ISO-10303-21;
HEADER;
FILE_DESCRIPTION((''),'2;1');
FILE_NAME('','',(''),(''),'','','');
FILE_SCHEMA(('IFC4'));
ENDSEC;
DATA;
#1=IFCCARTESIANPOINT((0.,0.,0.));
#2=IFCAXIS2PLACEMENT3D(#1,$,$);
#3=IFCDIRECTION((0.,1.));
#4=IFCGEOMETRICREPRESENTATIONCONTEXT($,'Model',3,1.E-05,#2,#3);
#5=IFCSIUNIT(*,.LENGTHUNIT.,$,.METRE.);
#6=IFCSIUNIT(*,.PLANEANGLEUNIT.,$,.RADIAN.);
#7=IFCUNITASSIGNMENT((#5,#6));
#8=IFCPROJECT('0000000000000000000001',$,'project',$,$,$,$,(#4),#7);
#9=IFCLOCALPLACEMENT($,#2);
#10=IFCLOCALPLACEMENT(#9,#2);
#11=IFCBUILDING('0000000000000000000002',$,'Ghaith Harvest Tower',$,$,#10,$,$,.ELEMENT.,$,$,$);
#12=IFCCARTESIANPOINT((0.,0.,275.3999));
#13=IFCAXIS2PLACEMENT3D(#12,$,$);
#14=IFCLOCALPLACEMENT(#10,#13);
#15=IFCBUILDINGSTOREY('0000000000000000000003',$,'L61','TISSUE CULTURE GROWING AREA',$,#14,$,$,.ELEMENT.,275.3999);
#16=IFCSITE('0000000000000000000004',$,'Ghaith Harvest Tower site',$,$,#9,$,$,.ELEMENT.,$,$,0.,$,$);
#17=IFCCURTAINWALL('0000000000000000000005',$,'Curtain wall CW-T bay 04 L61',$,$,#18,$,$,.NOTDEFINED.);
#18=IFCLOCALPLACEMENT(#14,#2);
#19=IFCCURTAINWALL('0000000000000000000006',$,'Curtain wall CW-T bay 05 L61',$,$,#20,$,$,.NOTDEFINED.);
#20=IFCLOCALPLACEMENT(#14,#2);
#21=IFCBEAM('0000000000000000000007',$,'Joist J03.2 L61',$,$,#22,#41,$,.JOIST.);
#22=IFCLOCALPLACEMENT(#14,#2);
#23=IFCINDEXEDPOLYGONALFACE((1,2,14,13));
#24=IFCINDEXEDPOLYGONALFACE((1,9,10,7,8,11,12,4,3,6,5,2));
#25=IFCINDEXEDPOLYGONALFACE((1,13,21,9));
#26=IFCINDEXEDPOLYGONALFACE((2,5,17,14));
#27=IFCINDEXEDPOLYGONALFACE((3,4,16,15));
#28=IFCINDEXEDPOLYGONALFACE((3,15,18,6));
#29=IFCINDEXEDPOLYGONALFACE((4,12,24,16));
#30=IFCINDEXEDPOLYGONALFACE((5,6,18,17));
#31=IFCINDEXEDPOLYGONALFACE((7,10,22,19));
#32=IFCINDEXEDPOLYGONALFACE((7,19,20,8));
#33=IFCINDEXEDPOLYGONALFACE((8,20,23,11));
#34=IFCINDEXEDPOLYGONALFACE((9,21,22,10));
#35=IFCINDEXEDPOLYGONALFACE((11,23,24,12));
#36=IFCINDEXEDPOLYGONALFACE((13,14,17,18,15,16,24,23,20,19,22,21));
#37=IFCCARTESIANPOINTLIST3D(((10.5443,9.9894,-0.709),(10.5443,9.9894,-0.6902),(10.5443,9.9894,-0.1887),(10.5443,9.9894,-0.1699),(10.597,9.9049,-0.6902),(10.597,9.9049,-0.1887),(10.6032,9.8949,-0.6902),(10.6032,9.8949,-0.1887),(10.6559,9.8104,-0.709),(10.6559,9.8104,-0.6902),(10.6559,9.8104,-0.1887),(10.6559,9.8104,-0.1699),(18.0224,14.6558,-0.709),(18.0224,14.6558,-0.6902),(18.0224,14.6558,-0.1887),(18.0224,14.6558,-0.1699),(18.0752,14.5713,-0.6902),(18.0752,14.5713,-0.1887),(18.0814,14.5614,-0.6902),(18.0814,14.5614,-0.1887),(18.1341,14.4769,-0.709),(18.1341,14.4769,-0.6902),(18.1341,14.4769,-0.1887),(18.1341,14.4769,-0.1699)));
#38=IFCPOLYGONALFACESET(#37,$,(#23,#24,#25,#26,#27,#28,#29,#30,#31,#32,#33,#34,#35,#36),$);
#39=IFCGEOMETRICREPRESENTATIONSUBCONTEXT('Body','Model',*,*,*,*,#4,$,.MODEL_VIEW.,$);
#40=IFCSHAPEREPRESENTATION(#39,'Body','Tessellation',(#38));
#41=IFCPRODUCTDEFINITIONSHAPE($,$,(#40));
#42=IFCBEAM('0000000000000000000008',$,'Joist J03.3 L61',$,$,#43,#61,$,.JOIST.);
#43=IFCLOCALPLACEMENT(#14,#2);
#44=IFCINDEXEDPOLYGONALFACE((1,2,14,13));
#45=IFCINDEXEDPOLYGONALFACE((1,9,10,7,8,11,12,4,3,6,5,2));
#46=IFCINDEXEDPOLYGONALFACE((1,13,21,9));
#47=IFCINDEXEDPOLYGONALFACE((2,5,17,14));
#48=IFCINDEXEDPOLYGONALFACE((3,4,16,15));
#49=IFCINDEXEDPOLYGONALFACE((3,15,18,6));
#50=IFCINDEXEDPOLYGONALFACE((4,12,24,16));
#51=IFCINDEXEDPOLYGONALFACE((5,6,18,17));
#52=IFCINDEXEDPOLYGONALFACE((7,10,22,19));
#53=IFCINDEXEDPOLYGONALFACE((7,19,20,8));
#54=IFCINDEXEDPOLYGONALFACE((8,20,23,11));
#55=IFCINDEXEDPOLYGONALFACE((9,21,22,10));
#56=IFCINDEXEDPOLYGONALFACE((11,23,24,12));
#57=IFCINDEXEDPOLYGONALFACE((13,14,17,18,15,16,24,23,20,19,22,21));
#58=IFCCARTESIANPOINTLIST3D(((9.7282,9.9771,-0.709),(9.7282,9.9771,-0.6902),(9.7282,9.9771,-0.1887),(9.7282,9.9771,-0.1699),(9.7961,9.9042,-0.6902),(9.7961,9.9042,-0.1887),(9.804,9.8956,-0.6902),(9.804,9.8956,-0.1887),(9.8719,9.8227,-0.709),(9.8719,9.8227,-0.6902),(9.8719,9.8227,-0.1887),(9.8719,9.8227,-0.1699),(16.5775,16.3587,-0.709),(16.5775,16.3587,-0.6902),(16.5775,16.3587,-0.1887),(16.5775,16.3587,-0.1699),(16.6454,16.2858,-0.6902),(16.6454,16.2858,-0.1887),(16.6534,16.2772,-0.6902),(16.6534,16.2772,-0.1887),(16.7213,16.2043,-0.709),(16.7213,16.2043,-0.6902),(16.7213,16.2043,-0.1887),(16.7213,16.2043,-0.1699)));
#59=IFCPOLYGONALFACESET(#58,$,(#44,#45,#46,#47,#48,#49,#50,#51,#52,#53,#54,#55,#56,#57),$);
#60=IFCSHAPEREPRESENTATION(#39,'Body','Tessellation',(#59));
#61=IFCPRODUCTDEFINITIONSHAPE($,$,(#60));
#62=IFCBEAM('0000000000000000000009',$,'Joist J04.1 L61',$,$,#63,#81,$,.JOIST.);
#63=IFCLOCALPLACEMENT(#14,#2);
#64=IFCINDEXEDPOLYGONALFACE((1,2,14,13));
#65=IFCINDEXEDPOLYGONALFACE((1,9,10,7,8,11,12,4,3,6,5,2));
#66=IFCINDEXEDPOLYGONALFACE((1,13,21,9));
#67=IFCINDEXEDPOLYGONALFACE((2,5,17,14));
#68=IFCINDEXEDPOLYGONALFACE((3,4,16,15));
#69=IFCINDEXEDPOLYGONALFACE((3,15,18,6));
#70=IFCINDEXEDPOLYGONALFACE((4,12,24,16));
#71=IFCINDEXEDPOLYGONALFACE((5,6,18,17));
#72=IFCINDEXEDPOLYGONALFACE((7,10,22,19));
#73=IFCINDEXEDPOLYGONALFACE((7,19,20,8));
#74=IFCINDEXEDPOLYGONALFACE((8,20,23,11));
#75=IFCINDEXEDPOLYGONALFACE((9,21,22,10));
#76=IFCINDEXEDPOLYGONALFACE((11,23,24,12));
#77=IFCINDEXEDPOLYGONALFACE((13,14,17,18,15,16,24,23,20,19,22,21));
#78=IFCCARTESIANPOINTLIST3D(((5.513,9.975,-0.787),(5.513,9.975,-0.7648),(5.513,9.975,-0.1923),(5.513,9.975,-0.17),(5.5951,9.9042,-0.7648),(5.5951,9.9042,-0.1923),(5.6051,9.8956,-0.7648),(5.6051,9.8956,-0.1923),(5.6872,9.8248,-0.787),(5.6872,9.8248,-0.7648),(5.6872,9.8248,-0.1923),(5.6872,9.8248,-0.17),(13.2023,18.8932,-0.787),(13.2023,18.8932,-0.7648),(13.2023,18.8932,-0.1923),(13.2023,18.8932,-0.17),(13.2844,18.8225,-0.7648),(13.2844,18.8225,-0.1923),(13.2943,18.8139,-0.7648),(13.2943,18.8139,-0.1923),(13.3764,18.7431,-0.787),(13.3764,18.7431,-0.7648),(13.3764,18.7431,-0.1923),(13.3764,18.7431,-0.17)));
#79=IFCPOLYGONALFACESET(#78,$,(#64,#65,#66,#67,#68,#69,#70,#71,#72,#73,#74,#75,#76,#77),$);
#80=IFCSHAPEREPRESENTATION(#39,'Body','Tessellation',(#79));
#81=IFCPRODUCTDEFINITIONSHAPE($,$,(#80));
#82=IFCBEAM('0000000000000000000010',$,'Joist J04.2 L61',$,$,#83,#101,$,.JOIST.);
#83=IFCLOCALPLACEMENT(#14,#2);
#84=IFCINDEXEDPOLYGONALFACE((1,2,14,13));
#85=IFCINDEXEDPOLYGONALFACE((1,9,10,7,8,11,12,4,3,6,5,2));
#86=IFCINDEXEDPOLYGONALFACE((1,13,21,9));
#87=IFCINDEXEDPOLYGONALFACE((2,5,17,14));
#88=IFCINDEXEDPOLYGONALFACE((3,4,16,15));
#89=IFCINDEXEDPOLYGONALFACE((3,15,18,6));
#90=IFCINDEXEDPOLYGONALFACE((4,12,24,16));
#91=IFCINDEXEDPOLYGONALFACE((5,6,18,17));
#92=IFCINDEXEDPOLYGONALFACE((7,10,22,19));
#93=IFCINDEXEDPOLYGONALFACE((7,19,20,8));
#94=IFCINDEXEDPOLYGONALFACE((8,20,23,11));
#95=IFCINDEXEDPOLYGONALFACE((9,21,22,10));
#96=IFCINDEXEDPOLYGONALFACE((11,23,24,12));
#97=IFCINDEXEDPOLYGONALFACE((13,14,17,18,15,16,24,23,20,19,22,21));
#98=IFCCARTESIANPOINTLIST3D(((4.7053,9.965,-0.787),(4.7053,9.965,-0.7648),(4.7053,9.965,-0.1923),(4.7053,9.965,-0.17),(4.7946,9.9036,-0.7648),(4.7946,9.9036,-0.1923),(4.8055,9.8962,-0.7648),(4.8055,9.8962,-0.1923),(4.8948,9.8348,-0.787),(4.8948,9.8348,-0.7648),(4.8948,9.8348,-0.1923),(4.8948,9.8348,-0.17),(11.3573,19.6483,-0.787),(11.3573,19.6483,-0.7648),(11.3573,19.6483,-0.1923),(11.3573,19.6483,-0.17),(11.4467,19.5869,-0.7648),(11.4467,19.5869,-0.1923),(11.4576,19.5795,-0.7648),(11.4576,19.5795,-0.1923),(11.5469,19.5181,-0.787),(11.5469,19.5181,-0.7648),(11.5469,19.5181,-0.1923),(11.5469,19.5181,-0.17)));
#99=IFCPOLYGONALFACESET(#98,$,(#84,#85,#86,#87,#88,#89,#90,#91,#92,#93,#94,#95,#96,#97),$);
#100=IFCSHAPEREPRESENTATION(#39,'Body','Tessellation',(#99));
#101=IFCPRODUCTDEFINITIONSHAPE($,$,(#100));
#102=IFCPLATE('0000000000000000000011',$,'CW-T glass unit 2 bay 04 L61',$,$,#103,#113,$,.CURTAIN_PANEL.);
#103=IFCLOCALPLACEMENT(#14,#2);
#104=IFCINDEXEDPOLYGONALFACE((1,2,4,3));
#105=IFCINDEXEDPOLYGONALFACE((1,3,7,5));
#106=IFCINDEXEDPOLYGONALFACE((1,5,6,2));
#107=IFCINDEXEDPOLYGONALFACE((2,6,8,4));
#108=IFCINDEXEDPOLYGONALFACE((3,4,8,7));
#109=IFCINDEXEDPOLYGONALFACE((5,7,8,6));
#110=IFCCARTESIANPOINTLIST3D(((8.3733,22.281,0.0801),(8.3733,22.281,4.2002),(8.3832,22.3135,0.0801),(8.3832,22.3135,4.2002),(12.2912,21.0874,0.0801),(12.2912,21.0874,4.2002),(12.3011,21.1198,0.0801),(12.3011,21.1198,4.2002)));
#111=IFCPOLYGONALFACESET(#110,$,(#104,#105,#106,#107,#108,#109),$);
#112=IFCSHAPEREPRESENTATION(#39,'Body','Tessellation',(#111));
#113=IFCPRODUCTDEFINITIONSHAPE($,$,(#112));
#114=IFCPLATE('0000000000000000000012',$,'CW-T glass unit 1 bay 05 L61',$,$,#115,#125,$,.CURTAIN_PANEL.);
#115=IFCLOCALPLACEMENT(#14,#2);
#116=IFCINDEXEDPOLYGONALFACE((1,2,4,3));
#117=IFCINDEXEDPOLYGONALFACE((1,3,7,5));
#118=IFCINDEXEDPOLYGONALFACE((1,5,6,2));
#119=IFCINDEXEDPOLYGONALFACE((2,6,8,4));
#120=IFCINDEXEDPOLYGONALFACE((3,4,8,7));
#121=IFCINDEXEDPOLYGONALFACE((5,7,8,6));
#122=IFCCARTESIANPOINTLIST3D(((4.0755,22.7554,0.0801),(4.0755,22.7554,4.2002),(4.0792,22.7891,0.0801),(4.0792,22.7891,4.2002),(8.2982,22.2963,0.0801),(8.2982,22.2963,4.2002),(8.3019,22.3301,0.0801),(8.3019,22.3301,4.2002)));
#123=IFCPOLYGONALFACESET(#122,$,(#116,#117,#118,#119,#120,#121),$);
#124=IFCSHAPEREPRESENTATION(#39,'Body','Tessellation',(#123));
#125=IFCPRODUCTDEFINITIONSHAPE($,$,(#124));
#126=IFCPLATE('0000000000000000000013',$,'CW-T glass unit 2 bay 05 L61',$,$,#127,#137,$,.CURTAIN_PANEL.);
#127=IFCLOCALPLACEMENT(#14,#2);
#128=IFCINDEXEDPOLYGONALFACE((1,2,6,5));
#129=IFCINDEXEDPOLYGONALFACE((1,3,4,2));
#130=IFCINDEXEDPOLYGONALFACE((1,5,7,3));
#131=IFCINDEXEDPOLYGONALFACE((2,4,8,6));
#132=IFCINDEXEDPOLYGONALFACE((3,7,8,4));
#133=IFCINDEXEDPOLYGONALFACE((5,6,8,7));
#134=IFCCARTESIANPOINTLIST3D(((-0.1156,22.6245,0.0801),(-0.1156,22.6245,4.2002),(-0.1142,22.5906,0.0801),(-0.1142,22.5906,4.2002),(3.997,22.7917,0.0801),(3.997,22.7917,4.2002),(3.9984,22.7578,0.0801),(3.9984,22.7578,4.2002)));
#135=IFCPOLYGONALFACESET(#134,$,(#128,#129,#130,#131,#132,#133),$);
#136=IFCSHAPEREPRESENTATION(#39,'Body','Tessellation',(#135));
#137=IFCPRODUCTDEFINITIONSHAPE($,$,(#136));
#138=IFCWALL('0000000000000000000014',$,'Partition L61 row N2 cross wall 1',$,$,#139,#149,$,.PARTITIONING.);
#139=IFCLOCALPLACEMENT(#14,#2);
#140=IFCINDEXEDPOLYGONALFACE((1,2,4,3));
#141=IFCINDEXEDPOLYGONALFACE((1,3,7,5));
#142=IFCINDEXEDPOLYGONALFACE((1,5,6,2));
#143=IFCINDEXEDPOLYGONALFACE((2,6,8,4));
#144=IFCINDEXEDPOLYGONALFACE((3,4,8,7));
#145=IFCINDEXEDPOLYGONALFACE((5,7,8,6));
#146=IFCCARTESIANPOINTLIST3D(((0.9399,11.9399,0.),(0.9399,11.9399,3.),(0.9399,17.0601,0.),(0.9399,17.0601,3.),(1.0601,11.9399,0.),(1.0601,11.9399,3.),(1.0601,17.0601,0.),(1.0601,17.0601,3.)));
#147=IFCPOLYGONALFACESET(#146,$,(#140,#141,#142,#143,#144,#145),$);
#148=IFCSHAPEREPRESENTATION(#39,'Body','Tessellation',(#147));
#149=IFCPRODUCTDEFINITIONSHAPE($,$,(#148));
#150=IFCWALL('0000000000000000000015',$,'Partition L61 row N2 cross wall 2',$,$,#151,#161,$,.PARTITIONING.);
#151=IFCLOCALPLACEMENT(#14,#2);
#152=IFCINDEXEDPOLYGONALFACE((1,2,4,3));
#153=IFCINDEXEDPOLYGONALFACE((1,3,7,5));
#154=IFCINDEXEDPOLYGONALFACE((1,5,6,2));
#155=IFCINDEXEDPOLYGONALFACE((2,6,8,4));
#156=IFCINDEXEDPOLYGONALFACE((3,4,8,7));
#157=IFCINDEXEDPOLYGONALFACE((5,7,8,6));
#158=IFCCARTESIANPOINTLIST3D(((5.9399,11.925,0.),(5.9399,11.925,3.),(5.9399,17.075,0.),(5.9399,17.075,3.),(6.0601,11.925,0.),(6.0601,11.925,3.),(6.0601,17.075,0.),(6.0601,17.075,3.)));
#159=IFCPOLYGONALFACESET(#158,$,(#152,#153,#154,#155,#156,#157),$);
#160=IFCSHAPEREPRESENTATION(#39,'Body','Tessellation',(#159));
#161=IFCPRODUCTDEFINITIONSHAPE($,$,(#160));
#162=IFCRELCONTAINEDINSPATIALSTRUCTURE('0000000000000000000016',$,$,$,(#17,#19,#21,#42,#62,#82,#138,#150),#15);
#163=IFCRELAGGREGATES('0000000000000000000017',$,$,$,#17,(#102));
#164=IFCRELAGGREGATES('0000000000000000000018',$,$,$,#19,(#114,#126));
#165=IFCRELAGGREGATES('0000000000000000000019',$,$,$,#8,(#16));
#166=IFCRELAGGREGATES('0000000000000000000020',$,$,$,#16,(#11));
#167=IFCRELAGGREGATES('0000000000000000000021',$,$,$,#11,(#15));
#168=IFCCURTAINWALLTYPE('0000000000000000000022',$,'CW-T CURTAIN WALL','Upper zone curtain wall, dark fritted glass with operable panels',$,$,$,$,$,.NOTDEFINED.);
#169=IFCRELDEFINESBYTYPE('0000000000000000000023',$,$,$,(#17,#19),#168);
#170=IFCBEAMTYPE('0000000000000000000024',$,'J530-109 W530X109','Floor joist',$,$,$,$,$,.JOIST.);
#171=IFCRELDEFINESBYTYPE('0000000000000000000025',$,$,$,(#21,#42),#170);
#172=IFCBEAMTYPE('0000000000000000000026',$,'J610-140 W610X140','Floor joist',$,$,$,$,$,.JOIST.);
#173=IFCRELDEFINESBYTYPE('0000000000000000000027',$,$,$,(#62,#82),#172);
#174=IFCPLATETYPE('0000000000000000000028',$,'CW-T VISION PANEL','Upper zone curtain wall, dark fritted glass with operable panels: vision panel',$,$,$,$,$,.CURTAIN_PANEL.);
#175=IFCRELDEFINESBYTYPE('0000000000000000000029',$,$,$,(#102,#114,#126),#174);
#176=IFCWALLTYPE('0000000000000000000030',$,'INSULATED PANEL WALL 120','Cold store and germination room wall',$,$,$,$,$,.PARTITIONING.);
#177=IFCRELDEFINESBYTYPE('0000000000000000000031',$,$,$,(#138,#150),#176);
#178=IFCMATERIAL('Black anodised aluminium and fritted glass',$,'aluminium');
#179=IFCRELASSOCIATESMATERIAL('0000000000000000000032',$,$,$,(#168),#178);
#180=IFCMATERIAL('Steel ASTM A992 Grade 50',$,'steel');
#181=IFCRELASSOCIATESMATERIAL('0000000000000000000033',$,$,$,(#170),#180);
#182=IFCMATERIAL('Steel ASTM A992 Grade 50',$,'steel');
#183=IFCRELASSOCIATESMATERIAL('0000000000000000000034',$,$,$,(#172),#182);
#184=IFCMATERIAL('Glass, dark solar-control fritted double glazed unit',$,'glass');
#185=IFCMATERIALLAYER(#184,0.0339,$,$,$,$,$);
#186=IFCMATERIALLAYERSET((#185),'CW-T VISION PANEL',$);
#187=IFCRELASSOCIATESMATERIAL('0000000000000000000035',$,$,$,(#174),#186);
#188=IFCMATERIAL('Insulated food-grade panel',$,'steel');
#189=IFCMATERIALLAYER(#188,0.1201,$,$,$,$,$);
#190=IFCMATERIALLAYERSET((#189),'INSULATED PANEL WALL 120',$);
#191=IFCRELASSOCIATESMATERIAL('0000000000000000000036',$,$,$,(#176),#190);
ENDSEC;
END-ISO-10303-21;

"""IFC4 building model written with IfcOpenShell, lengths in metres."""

from ifc_helpers import new_model, si_unit, direction, frame, frame_2d, origin, origin_2d, place, context, subcontext, project, spatial, rectangle, i_section, extrude, material, layer, layer_set, material_profile, profile_set, type_object, element, aggregate, save


model = new_model("IFC4")

# Units and contexts
model_context = context("Model", 3, precision=1e-05, world=origin(), true_north=direction((0.0, 1.0)))
body_context = subcontext(model_context, "Body", "Model", "MODEL_VIEW")
ifc_project = project(units=[si_unit("LENGTHUNIT", "METRE"), si_unit("PLANEANGLEUNIT", "RADIAN")], contexts=[model_context])

# Site, building, storey
site_placement = place(None, origin())
site = spatial("IfcSite", under=ifc_project, at=site_placement, Name="Ghaith Harvest Tower site", CompositionType="ELEMENT", RefElevation=0.0)
building_placement = place(site_placement, origin())
building = spatial("IfcBuilding", under=site, at=building_placement, Name="Ghaith Harvest Tower", CompositionType="ELEMENT")
storey_placement = place(building_placement, frame((0.0, 0.0, 275.3999)))
storey = spatial("IfcBuildingStorey", under=building, at=storey_placement, Name="L61", Description="TISSUE CULTURE GROWING AREA", CompositionType="ELEMENT", Elevation=275.3999)

# Curtain wall
ifc_material_1 = material(Name="Black anodised aluminium and fritted glass", Category="aluminium")
curtain_wall_type = type_object("IfcCurtainWallType", Name="CW-T CURTAIN WALL", Description="Upper zone curtain wall, dark fritted glass with operable panels", PredefinedType="NOTDEFINED", material=ifc_material_1)
curtain_wall_1_placement = place(storey_placement, origin())
curtain_wall_1 = element("IfcCurtainWall", 1, at=curtain_wall_1_placement, inside=storey, type_object=curtain_wall_type, Name="Curtain wall CW-T bay 04 L61", PredefinedType="NOTDEFINED")

# Curtain wall
curtain_wall_2_placement = place(storey_placement, origin())
curtain_wall_2 = element("IfcCurtainWall", 2, at=curtain_wall_2_placement, inside=storey, type_object=curtain_wall_type, Name="Curtain wall CW-T bay 05 L61", PredefinedType="NOTDEFINED")

# Beams
ifc_material_2 = material(Name="Steel ASTM A992 Grade 50", Category="steel")
ifc_material_profile_1 = material_profile(ifc_material_2, i_section(OverallWidth=0.2109, OverallDepth=0.5391, WebThickness=0.0117, FlangeThickness=0.0188, at=origin_2d()), Name="W530X109")
ifc_profile_set_1 = profile_set([ifc_material_profile_1], Name="Steel ASTM A992 Grade 50")
beam_type_1 = type_object("IfcBeamType", Name="J530-109 W530X109", Description="Floor joist", PredefinedType="JOIST", material=ifc_profile_set_1)
beam_1_placement = place(storey_placement, frame((10.6001, 9.8999, -0.4395), z_axis=(0.848376, 0.529394, 0.0), x_axis=(-0.529394, 0.848376, 0.0)))
element("IfcBeam", 3, at=beam_1_placement, inside=storey, type_object=beam_type_1, Name="Joist J03.2 L61", PredefinedType="JOIST", context=body_context, shape_type="SweptSolid", body=[
    extrude(i_section(OverallWidth=0.2109, OverallDepth=0.5391, WebThickness=0.0117, FlangeThickness=0.0188, at=origin_2d()), origin(), (0.0, 0.0, 1.0), 8.8147),
])
beam_2_placement = place(storey_placement, frame((9.8, 9.8999, -0.4395), z_axis=(0.731649, 0.681682, 0.0), x_axis=(-0.681682, 0.731649, 0.0)))
element("IfcBeam", 4, at=beam_2_placement, inside=storey, type_object=beam_type_1, Name="Joist J03.3 L61", PredefinedType="JOIST", context=body_context, shape_type="SweptSolid", body=[
    extrude(i_section(OverallWidth=0.2109, OverallDepth=0.5391, WebThickness=0.0117, FlangeThickness=0.0188, at=origin_2d()), origin(), (0.0, 0.0, 1.0), 9.3616),
])
ifc_material_3 = material(Name="Steel ASTM A992 Grade 50", Category="steel")
ifc_material_profile_2 = material_profile(ifc_material_3, i_section(OverallWidth=0.23, OverallDepth=0.6169, WebThickness=0.0132, FlangeThickness=0.0222, at=origin_2d()), Name="W610X140")
ifc_profile_set_2 = profile_set([ifc_material_profile_2], Name="Steel ASTM A992 Grade 50")
beam_type_2 = type_object("IfcBeamType", Name="J610-140 W610X140", Description="Floor joist", PredefinedType="JOIST", material=ifc_profile_set_2)
beam_3_placement = place(storey_placement, frame((5.6001, 9.8999, -0.4785), z_axis=(0.652993, 0.757364, 0.0), x_axis=(-0.757364, 0.652993, 0.0)))
element("IfcBeam", 5, at=beam_3_placement, inside=storey, type_object=beam_type_2, Name="Joist J04.1 L61", PredefinedType="JOIST", context=body_context, shape_type="SweptSolid", body=[
    extrude(i_section(OverallWidth=0.23, OverallDepth=0.6169, WebThickness=0.0132, FlangeThickness=0.0222, at=origin_2d()), origin(), (0.0, 0.0, 1.0), 11.7754),
])
beam_4_placement = place(storey_placement, frame((4.8, 9.8999, -0.4785), z_axis=(0.566228, 0.824249, 0.0), x_axis=(-0.824249, 0.566228, 0.0)))
element("IfcBeam", 6, at=beam_4_placement, inside=storey, type_object=beam_type_2, Name="Joist J04.2 L61", PredefinedType="JOIST", context=body_context, shape_type="SweptSolid", body=[
    extrude(i_section(OverallWidth=0.23, OverallDepth=0.6169, WebThickness=0.0132, FlangeThickness=0.0222, at=origin_2d()), origin(), (0.0, 0.0, 1.0), 11.748),
])

# Plates
ifc_material_4 = material(Name="Glass, dark solar-control fritted double glazed unit", Category="glass")
ifc_layer_1 = layer(ifc_material_4, 0.0339)
ifc_layer_set_1 = layer_set([ifc_layer_1], Name="CW-T VISION PANEL")
plate_type = type_object("IfcPlateType", Name="CW-T VISION PANEL", Description="Upper zone curtain wall, dark fritted glass with operable panels: vision panel", PredefinedType="CURTAIN_PANEL", material=ifc_layer_set_1)
plate_1_placement = place(storey_placement, frame((10.3372, 21.7004, 0.0801), z_axis=(0.0, 0.0, 1.0), x_axis=(-0.956588, 0.291445, 0.0)))
plate_1 = element("IfcPlate", 7, at=plate_1_placement, type_object=plate_type, Name="CW-T glass unit 2 bay 04 L61", PredefinedType="CURTAIN_PANEL", context=body_context, shape_type="SweptSolid", body=[
    extrude(rectangle(XDim=4.0957, YDim=0.0339, at=origin_2d()), origin(), (0.0, 0.0, 1.0), 4.1201),
])
aggregate(curtain_wall_1, [plate_1])
plate_2_placement = place(storey_placement, frame((6.1887, 22.5427, 0.0801), z_axis=(0.0, 0.0, 1.0), x_axis=(-0.994143, 0.108074, 0.0)))
plate_2 = element("IfcPlate", 8, at=plate_2_placement, type_object=plate_type, Name="CW-T glass unit 1 bay 05 L61", PredefinedType="CURTAIN_PANEL", context=body_context, shape_type="SweptSolid", body=[
    extrude(rectangle(XDim=4.2476, YDim=0.0339, at=origin_2d()), origin(), (0.0, 0.0, 1.0), 4.1201),
])
plate_3_placement = place(storey_placement, frame((1.9414, 22.6912, 0.0801), z_axis=(0.0, 0.0, 1.0), x_axis=(-0.999174, -0.040638, 0.0)))
plate_3 = element("IfcPlate", 9, at=plate_3_placement, type_object=plate_type, Name="CW-T glass unit 2 bay 05 L61", PredefinedType="CURTAIN_PANEL", context=body_context, shape_type="SweptSolid", body=[
    extrude(rectangle(XDim=4.116, YDim=0.0339, at=origin_2d()), origin(), (0.0, 0.0, 1.0), 4.1201),
])
aggregate(curtain_wall_2, [plate_2, plate_3])

# Walls
ifc_material_5 = material(Name="Insulated food-grade panel", Category="steel")
ifc_layer_2 = layer(ifc_material_5, 0.1201)
ifc_layer_set_2 = layer_set([ifc_layer_2], Name="INSULATED PANEL WALL 120")
wall_type_1 = type_object("IfcWallType", Name="INSULATED PANEL WALL 120", Description="Cold store and germination room wall", PredefinedType="PARTITIONING", material=ifc_layer_set_2)
wall_1_placement = place(storey_placement, frame((1.0, 11.9399, 0.0), z_axis=(0.0, 0.0, 1.0), x_axis=(0.0, 1.0, 0.0)))
element("IfcWall", 10, at=wall_1_placement, inside=storey, type_object=wall_type_1, Name="Partition L61 row N2 cross wall 1", PredefinedType="PARTITIONING", context=body_context, shape_type="SweptSolid", body=[
    extrude(rectangle(XDim=5.1201, YDim=0.1201, at=frame_2d((2.5601, 0.0))), origin(), (0.0, 0.0, 1.0), 3.0),
])
wall_2_placement = place(storey_placement, frame((6.0, 11.925, 0.0), z_axis=(0.0, 0.0, 1.0), x_axis=(0.0, 1.0, 0.0)))
element("IfcWall", 11, at=wall_2_placement, inside=storey, type_object=wall_type_1, Name="Partition L61 row N2 cross wall 2", PredefinedType="PARTITIONING", context=body_context, shape_type="SweptSolid", body=[
    extrude(rectangle(XDim=5.1499, YDim=0.1201, at=frame_2d((2.575, 0.0))), origin(), (0.0, 0.0, 1.0), 3.0),
])

save(model, "model.ifc")
